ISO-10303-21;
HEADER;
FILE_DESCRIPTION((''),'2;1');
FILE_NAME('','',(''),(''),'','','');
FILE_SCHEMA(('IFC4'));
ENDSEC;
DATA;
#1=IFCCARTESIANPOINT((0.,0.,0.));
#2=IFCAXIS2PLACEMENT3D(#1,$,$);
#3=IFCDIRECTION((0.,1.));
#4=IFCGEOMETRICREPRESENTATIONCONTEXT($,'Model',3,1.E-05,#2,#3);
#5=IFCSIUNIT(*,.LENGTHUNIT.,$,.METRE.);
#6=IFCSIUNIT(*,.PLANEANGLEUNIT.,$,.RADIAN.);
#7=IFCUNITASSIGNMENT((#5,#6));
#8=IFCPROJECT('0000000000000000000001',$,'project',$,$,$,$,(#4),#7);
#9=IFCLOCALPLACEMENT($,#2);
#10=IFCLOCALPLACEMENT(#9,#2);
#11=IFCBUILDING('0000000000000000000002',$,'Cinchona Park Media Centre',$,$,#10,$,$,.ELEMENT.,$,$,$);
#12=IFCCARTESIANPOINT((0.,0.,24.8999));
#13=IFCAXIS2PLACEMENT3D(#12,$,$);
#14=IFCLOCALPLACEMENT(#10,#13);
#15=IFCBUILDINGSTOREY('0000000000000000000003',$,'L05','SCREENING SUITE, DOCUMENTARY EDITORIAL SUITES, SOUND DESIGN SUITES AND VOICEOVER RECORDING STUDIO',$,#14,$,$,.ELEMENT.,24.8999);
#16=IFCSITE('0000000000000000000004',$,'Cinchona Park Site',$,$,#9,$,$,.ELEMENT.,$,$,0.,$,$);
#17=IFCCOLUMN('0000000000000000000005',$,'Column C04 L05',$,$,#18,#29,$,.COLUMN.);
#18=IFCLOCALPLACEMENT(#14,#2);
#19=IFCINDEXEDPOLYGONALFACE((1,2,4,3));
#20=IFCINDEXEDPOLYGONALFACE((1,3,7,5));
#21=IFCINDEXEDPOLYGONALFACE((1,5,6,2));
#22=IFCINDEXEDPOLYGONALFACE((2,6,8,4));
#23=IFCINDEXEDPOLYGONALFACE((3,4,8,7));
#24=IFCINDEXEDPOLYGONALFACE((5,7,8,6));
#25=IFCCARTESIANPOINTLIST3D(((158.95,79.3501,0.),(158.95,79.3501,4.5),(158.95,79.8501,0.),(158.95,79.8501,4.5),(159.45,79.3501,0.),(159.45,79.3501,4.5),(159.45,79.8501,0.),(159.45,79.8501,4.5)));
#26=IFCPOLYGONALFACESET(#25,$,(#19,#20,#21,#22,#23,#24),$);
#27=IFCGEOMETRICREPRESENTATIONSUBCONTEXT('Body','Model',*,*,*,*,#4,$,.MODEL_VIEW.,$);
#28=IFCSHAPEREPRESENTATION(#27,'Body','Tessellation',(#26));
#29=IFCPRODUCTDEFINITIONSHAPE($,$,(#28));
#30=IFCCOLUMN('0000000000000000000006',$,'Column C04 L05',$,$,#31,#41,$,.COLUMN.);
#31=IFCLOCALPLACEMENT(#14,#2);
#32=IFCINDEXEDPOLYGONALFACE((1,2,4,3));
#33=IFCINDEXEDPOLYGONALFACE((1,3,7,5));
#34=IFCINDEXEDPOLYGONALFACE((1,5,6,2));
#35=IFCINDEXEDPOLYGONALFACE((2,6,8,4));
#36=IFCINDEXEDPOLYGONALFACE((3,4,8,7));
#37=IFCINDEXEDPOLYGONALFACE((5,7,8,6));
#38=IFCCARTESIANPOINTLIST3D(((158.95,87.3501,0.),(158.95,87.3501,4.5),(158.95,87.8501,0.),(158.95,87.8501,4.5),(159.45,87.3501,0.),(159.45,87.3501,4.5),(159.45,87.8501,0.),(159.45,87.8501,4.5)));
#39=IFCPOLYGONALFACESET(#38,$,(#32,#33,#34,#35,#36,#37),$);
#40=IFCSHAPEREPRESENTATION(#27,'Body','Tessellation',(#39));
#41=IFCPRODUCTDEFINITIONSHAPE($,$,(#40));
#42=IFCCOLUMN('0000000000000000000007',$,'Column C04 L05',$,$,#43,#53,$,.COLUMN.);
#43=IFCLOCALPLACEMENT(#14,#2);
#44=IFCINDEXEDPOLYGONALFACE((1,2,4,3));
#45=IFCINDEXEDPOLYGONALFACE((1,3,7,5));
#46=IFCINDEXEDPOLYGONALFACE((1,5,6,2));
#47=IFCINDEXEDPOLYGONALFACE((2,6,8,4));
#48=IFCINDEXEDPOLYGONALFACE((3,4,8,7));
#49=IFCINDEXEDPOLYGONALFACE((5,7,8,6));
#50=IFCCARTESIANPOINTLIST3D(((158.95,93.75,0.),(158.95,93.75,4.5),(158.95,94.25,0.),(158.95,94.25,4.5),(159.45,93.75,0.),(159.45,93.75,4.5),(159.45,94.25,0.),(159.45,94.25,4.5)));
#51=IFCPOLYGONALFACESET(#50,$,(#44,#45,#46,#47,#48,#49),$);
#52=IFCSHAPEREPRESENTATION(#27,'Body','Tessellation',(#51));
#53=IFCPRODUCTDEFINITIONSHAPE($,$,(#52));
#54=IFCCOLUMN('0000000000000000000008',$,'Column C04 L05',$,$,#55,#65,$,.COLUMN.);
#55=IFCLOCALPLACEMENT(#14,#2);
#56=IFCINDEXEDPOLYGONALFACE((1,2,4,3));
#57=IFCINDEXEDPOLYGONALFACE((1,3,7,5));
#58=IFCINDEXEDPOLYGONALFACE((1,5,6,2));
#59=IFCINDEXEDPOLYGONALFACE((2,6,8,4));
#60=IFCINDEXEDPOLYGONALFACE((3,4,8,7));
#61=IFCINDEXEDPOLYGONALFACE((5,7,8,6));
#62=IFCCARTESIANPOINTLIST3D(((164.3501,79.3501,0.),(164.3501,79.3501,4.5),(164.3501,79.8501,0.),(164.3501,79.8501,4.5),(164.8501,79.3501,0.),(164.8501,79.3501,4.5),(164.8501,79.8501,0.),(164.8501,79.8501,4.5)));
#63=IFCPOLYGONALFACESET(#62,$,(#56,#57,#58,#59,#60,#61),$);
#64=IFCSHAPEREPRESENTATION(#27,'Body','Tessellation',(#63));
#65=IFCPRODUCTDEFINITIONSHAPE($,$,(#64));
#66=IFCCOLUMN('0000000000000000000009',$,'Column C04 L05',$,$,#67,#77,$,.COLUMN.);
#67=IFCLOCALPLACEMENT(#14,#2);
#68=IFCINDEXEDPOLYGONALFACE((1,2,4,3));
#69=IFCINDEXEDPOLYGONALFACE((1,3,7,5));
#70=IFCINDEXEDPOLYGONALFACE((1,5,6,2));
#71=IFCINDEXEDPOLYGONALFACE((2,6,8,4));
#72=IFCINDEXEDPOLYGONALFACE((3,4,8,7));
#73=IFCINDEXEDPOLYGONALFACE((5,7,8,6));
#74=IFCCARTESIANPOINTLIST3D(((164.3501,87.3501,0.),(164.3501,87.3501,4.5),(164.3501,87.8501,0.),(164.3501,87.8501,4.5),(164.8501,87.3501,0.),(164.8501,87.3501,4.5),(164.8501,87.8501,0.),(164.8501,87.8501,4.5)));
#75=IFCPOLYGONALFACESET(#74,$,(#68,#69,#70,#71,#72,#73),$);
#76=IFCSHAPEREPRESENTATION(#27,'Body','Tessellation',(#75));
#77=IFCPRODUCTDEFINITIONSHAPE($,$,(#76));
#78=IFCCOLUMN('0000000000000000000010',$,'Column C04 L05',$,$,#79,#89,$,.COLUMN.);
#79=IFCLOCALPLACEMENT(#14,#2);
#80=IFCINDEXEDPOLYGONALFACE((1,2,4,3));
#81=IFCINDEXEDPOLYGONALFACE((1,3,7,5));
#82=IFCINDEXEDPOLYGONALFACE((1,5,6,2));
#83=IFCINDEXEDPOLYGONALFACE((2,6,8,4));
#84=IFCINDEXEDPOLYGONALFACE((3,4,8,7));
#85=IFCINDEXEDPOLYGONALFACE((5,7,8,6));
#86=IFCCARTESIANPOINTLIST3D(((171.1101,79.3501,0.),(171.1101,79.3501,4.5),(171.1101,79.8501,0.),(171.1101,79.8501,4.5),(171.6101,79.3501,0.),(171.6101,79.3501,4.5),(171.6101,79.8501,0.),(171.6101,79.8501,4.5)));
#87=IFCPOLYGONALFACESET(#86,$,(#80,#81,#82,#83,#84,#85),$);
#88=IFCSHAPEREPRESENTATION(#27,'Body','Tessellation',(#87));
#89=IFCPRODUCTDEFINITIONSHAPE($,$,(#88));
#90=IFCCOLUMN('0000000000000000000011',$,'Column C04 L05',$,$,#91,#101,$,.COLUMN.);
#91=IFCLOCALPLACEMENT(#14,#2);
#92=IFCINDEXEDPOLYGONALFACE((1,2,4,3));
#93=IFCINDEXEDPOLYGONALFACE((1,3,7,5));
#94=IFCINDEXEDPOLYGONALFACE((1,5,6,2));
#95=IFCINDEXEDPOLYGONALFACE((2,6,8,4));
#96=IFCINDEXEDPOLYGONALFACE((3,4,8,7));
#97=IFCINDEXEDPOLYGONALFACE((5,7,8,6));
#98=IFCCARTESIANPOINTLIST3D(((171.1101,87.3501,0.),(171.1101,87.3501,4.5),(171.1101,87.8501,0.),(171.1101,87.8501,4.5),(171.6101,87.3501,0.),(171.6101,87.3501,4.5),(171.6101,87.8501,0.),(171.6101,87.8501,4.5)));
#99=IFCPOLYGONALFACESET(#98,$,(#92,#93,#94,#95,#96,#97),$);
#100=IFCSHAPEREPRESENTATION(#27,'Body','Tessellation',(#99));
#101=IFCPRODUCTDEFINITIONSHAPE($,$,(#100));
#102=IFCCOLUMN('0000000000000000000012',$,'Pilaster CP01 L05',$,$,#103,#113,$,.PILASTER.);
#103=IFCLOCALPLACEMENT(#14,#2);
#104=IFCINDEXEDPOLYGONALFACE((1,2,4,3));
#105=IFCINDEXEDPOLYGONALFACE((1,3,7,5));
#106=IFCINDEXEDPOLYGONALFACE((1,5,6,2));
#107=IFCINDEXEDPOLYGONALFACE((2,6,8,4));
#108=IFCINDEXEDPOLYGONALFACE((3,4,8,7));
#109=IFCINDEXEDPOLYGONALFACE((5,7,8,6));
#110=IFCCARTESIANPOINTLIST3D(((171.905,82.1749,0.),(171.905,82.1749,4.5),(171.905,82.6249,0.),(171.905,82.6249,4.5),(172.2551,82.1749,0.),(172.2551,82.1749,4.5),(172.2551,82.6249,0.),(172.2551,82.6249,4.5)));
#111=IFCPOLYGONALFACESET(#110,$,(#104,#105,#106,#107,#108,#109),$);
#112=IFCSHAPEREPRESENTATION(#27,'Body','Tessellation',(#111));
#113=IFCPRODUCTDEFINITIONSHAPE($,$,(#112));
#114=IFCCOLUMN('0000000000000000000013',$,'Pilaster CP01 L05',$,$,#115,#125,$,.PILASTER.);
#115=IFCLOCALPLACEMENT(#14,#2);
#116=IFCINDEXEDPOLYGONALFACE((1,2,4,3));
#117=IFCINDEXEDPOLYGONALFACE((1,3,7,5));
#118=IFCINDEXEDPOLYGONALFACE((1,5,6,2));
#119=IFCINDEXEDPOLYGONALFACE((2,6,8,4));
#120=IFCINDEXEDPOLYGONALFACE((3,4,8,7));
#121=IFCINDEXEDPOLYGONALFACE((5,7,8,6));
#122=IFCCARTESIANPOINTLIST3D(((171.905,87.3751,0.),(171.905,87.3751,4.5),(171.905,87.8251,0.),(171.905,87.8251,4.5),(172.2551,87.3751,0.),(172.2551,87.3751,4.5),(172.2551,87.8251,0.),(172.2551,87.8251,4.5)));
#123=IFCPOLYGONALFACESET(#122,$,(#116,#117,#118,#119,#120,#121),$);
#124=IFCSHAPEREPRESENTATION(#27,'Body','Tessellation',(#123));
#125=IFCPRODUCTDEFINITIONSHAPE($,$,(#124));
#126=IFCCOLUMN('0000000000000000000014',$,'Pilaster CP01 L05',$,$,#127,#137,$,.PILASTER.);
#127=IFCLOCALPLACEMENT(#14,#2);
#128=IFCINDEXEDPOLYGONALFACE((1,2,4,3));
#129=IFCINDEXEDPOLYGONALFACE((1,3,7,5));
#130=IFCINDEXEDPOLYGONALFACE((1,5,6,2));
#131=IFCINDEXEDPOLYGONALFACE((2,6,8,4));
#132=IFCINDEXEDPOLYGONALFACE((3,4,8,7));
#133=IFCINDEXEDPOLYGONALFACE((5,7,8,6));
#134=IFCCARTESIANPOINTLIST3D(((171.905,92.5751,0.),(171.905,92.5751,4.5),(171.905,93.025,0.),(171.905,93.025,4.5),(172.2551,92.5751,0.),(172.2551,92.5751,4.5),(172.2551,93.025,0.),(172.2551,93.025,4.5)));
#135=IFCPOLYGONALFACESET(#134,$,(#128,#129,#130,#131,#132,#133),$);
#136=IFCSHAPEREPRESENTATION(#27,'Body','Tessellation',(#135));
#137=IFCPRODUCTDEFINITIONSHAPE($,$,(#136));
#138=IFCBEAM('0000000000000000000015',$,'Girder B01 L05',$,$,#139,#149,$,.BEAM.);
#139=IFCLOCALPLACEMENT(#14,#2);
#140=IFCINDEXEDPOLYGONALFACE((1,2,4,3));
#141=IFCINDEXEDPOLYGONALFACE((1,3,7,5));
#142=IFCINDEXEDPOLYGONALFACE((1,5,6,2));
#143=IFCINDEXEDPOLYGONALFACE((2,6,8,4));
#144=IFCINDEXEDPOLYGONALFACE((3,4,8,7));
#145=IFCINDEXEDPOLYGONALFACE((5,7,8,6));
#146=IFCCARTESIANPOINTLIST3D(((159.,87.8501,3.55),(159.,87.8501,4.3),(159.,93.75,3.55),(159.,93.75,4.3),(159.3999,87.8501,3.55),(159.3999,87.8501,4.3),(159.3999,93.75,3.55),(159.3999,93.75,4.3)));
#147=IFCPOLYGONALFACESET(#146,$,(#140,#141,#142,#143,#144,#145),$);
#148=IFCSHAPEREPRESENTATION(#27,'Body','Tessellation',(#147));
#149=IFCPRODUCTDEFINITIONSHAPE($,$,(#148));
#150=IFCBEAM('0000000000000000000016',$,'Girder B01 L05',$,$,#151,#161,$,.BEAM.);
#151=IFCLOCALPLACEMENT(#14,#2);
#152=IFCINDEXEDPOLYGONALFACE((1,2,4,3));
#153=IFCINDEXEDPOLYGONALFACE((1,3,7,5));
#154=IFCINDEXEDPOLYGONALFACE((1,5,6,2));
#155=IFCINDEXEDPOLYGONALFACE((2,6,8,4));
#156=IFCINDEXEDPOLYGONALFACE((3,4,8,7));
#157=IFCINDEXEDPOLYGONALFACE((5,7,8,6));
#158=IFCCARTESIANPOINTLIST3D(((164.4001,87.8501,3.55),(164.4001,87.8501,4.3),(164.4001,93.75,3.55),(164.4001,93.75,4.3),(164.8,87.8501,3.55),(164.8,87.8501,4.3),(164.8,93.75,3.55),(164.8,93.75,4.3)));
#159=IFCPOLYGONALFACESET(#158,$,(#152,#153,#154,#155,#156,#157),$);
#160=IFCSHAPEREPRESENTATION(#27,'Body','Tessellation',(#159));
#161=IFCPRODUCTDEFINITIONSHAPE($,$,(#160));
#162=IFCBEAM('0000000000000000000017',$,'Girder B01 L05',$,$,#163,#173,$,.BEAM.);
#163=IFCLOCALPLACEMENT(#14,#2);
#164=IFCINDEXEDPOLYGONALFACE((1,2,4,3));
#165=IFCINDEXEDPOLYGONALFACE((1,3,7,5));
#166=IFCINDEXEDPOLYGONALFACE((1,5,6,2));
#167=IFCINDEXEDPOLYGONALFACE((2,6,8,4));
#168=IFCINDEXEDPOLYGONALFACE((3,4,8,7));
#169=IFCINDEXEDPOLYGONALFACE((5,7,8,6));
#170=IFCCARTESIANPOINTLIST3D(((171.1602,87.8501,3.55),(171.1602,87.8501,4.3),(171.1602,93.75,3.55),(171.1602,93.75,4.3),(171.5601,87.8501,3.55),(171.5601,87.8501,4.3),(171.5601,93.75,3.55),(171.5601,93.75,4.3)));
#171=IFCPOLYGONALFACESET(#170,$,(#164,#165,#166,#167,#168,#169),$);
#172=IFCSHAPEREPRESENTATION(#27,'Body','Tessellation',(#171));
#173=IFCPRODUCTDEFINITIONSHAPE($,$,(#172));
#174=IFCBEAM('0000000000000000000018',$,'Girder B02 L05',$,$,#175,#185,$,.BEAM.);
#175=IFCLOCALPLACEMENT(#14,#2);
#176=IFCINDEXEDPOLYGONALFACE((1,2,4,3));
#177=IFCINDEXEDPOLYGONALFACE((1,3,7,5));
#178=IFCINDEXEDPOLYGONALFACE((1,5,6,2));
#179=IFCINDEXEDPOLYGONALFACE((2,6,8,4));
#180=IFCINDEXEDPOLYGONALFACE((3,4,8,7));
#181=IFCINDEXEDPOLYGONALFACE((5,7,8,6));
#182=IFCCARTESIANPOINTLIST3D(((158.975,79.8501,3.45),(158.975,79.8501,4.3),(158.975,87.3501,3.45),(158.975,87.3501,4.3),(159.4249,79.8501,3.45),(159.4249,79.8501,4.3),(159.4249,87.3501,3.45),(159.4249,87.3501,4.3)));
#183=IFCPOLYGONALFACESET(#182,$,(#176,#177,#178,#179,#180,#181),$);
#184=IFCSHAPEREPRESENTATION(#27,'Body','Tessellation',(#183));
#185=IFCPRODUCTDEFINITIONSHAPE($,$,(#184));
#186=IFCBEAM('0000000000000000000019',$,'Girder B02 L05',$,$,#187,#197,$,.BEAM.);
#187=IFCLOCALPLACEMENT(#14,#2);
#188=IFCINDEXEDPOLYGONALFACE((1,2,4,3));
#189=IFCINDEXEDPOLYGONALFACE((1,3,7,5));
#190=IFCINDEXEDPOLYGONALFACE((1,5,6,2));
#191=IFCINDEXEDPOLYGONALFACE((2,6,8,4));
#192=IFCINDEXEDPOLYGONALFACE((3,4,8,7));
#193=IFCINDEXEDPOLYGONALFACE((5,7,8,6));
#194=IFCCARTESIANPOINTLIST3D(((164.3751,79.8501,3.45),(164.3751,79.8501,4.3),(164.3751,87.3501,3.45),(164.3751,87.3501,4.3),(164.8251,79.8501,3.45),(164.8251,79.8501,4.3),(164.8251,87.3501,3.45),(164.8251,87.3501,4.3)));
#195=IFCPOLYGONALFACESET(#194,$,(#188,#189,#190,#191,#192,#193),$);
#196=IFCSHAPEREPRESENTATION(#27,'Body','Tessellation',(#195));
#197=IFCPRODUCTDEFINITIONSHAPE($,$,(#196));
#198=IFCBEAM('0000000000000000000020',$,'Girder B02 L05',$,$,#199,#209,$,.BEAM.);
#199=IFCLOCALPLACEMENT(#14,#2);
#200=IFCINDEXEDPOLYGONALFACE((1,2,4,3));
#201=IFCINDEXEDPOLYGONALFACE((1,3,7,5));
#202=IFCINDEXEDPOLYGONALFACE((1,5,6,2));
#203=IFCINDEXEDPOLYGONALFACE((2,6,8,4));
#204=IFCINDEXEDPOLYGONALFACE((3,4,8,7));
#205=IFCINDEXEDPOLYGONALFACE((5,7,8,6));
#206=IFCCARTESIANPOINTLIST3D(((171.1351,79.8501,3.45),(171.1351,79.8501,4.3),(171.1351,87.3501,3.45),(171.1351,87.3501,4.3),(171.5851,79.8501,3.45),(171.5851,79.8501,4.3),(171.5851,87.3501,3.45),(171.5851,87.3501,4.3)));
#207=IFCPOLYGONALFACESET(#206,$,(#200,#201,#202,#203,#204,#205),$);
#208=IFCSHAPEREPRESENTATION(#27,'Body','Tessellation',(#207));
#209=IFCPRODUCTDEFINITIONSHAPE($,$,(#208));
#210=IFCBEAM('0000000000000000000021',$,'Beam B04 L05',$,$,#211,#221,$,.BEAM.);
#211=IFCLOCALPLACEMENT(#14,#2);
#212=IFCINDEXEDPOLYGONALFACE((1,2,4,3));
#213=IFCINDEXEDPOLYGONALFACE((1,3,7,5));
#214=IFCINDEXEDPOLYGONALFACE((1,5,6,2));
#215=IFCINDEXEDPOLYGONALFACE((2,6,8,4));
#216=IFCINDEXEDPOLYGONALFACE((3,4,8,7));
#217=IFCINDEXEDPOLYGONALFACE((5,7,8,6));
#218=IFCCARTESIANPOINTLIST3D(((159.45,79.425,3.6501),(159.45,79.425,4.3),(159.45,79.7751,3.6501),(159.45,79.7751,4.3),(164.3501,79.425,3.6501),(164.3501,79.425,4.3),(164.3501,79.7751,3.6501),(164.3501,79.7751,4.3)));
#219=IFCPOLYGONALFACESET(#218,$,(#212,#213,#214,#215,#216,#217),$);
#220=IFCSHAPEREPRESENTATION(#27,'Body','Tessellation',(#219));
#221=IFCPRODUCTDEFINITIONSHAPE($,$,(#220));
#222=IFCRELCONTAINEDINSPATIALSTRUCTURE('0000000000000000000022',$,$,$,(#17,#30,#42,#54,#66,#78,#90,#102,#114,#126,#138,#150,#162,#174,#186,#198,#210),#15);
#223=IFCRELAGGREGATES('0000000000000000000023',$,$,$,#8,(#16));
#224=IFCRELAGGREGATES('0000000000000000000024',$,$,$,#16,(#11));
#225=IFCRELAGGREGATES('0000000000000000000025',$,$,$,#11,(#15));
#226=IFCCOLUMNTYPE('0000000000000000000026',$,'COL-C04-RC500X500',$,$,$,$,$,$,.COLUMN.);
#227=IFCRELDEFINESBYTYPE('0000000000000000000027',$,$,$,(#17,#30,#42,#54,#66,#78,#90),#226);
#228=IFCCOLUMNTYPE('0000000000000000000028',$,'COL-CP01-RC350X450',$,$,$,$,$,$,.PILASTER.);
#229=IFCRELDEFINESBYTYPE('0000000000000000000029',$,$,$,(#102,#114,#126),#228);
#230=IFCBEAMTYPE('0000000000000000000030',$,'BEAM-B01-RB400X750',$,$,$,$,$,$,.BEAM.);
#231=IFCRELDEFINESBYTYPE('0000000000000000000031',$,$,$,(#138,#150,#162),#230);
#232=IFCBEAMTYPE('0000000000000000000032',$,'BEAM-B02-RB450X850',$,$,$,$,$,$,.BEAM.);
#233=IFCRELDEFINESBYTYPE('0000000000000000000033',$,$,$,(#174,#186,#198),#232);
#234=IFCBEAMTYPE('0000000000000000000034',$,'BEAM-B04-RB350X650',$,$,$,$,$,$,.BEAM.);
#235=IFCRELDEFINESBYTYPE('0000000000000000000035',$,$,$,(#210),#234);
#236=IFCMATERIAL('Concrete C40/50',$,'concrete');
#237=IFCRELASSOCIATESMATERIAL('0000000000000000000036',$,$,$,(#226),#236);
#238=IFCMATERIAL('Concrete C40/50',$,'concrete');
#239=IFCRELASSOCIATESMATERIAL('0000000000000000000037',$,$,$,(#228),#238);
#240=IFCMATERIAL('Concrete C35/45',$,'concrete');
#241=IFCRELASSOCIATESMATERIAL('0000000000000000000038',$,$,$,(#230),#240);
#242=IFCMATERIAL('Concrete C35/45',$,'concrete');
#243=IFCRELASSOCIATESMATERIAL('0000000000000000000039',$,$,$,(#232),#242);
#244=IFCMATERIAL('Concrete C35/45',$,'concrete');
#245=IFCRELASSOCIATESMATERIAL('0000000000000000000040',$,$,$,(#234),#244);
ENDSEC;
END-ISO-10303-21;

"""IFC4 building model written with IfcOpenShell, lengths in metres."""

from ifc_helpers import new_model, si_unit, direction, frame, origin, origin_2d, place, context, subcontext, project, spatial, rectangle, extrude, material, material_profile, profile_set, type_object, element, save


model = new_model("IFC4")

# Units and contexts
model_context = context("Model", 3, precision=1e-05, world=origin(), true_north=direction((0.0, 1.0)))
body_context = subcontext(model_context, "Body", "Model", "MODEL_VIEW")
ifc_project = project(units=[si_unit("LENGTHUNIT", "METRE"), si_unit("PLANEANGLEUNIT", "RADIAN")], contexts=[model_context])

# Site, building, storey
site_placement = place(None, origin())
site = spatial("IfcSite", under=ifc_project, at=site_placement, Name="Cinchona Park Site", CompositionType="ELEMENT", RefElevation=0.0)
building_placement = place(site_placement, origin())
building = spatial("IfcBuilding", under=site, at=building_placement, Name="Cinchona Park Media Centre", CompositionType="ELEMENT")
storey_placement = place(building_placement, frame((0.0, 0.0, 24.8999)))
storey = spatial("IfcBuildingStorey", under=building, at=storey_placement, Name="L05", Description="SCREENING SUITE, DOCUMENTARY EDITORIAL SUITES, SOUND DESIGN SUITES AND VOICEOVER RECORDING STUDIO", CompositionType="ELEMENT", Elevation=24.8999)

# Columns
ifc_material_1 = material(Name="Concrete C40/50", Category="concrete")
ifc_material_profile_1 = material_profile(ifc_material_1, rectangle(XDim=0.5, YDim=0.5, at=origin_2d()), Name="RC 500X500")
ifc_profile_set_1 = profile_set([ifc_material_profile_1], Name="Concrete C40/50")
column_type_1 = type_object("IfcColumnType", Name="COL-C04-RC500X500", PredefinedType="COLUMN", material=ifc_profile_set_1)
for number, where, z_axis, x_axis, name in (
    (1, (159.2, 79.6001, 0.0), (0.0, 0.0, 1.0), (1.0, 0.0, 0.0), "Column C04 L05"),
    (2, (159.2, 87.6001, 0.0), (0.0, 0.0, 1.0), (1.0, 0.0, 0.0), "Column C04 L05"),
    (3, (159.2, 94.0, 0.0), (0.0, 0.0, 1.0), (1.0, 0.0, 0.0), "Column C04 L05"),
    (4, (164.6001, 79.6001, 0.0), (0.0, 0.0, 1.0), (1.0, 0.0, 0.0), "Column C04 L05"),
    (5, (164.6001, 87.6001, 0.0), (0.0, 0.0, 1.0), (1.0, 0.0, 0.0), "Column C04 L05"),
    (6, (171.3601, 79.6001, 0.0), (0.0, 0.0, 1.0), (1.0, 0.0, 0.0), "Column C04 L05"),
    (7, (171.3601, 87.6001, 0.0), (0.0, 0.0, 1.0), (1.0, 0.0, 0.0), "Column C04 L05"),
):
    element("IfcColumn", number, at=place(storey_placement, frame(where, z_axis=z_axis, x_axis=x_axis)), inside=storey, type_object=column_type_1, Name=name, PredefinedType="COLUMN", context=body_context, shape_type="SweptSolid", body=[
        extrude(rectangle(XDim=0.5, YDim=0.5, at=origin_2d()), origin(), (0.0, 0.0, 1.0), 4.5),
    ])
ifc_material_2 = material(Name="Concrete C40/50", Category="concrete")
ifc_material_profile_2 = material_profile(ifc_material_2, rectangle(XDim=0.3501, YDim=0.45, at=origin_2d()), Name="RC 350X450")
ifc_profile_set_2 = profile_set([ifc_material_profile_2], Name="Concrete C40/50")
column_type_2 = type_object("IfcColumnType", Name="COL-CP01-RC350X450", PredefinedType="PILASTER", material=ifc_profile_set_2)
for number, where, z_axis, x_axis, name in (
    (8, (172.0801, 82.3999, 0.0), (0.0, 0.0, 1.0), (1.0, 0.0, 0.0), "Pilaster CP01 L05"),
    (9, (172.0801, 87.6001, 0.0), (0.0, 0.0, 1.0), (1.0, 0.0, 0.0), "Pilaster CP01 L05"),
    (10, (172.0801, 92.8, 0.0), (0.0, 0.0, 1.0), (1.0, 0.0, 0.0), "Pilaster CP01 L05"),
):
    element("IfcColumn", number, at=place(storey_placement, frame(where, z_axis=z_axis, x_axis=x_axis)), inside=storey, type_object=column_type_2, Name=name, PredefinedType="PILASTER", context=body_context, shape_type="SweptSolid", body=[
        extrude(rectangle(XDim=0.3501, YDim=0.45, at=origin_2d()), origin(), (0.0, 0.0, 1.0), 4.5),
    ])

# Beams
ifc_material_3 = material(Name="Concrete C35/45", Category="concrete")
ifc_material_profile_3 = material_profile(ifc_material_3, rectangle(XDim=0.3999, YDim=0.75, at=origin_2d()), Name="RB 400X750")
ifc_profile_set_3 = profile_set([ifc_material_profile_3], Name="Concrete C35/45")
beam_type_1 = type_object("IfcBeamType", Name="BEAM-B01-RB400X750", PredefinedType="BEAM", material=ifc_profile_set_3)
for number, where, z_axis, x_axis, name in (
    (11, (159.2, 87.8501, 3.925), (0.0, 1.0, 0.0), (-1.0, 0.0, 0.0), "Girder B01 L05"),
    (12, (164.6001, 87.8501, 3.925), (0.0, 1.0, 0.0), (-1.0, 0.0, 0.0), "Girder B01 L05"),
    (13, (171.3601, 87.8501, 3.925), (0.0, 1.0, 0.0), (-1.0, 0.0, 0.0), "Girder B01 L05"),
):
    element("IfcBeam", number, at=place(storey_placement, frame(where, z_axis=z_axis, x_axis=x_axis)), inside=storey, type_object=beam_type_1, Name=name, PredefinedType="BEAM", context=body_context, shape_type="SweptSolid", body=[
        extrude(rectangle(XDim=0.3999, YDim=0.75, at=origin_2d()), origin(), (0.0, 0.0, 1.0), 5.8999),
    ])
ifc_material_4 = material(Name="Concrete C35/45", Category="concrete")
ifc_material_profile_4 = material_profile(ifc_material_4, rectangle(XDim=0.45, YDim=0.8501, at=origin_2d()), Name="RB 450X850")
ifc_profile_set_4 = profile_set([ifc_material_profile_4], Name="Concrete C35/45")
beam_type_2 = type_object("IfcBeamType", Name="BEAM-B02-RB450X850", PredefinedType="BEAM", material=ifc_profile_set_4)
for number, where, z_axis, x_axis, name in (
    (14, (159.2, 79.8501, 3.875), (0.0, 1.0, 0.0), (-1.0, 0.0, 0.0), "Girder B02 L05"),
    (15, (164.6001, 79.8501, 3.875), (0.0, 1.0, 0.0), (-1.0, 0.0, 0.0), "Girder B02 L05"),
    (16, (171.3601, 79.8501, 3.875), (0.0, 1.0, 0.0), (-1.0, 0.0, 0.0), "Girder B02 L05"),
):
    element("IfcBeam", number, at=place(storey_placement, frame(where, z_axis=z_axis, x_axis=x_axis)), inside=storey, type_object=beam_type_2, Name=name, PredefinedType="BEAM", context=body_context, shape_type="SweptSolid", body=[
        extrude(rectangle(XDim=0.45, YDim=0.8501, at=origin_2d()), origin(), (0.0, 0.0, 1.0), 7.5),
    ])
ifc_material_5 = material(Name="Concrete C35/45", Category="concrete")
ifc_material_profile_5 = material_profile(ifc_material_5, rectangle(XDim=0.3501, YDim=0.6499, at=origin_2d()), Name="RB 350X650")
ifc_profile_set_5 = profile_set([ifc_material_profile_5], Name="Concrete C35/45")
beam_type_3 = type_object("IfcBeamType", Name="BEAM-B04-RB350X650", PredefinedType="BEAM", material=ifc_profile_set_5)
beam_1_placement = place(storey_placement, frame((159.45, 79.6001, 3.9751), z_axis=(1.0, 0.0, 0.0), x_axis=(0.0, 1.0, 0.0)))
element("IfcBeam", 17, at=beam_1_placement, inside=storey, type_object=beam_type_3, Name="Beam B04 L05", PredefinedType="BEAM", context=body_context, shape_type="SweptSolid", body=[
    extrude(rectangle(XDim=0.3501, YDim=0.6499, at=origin_2d()), origin(), (0.0, 0.0, 1.0), 4.9001),
])

save(model, "model.ifc")
